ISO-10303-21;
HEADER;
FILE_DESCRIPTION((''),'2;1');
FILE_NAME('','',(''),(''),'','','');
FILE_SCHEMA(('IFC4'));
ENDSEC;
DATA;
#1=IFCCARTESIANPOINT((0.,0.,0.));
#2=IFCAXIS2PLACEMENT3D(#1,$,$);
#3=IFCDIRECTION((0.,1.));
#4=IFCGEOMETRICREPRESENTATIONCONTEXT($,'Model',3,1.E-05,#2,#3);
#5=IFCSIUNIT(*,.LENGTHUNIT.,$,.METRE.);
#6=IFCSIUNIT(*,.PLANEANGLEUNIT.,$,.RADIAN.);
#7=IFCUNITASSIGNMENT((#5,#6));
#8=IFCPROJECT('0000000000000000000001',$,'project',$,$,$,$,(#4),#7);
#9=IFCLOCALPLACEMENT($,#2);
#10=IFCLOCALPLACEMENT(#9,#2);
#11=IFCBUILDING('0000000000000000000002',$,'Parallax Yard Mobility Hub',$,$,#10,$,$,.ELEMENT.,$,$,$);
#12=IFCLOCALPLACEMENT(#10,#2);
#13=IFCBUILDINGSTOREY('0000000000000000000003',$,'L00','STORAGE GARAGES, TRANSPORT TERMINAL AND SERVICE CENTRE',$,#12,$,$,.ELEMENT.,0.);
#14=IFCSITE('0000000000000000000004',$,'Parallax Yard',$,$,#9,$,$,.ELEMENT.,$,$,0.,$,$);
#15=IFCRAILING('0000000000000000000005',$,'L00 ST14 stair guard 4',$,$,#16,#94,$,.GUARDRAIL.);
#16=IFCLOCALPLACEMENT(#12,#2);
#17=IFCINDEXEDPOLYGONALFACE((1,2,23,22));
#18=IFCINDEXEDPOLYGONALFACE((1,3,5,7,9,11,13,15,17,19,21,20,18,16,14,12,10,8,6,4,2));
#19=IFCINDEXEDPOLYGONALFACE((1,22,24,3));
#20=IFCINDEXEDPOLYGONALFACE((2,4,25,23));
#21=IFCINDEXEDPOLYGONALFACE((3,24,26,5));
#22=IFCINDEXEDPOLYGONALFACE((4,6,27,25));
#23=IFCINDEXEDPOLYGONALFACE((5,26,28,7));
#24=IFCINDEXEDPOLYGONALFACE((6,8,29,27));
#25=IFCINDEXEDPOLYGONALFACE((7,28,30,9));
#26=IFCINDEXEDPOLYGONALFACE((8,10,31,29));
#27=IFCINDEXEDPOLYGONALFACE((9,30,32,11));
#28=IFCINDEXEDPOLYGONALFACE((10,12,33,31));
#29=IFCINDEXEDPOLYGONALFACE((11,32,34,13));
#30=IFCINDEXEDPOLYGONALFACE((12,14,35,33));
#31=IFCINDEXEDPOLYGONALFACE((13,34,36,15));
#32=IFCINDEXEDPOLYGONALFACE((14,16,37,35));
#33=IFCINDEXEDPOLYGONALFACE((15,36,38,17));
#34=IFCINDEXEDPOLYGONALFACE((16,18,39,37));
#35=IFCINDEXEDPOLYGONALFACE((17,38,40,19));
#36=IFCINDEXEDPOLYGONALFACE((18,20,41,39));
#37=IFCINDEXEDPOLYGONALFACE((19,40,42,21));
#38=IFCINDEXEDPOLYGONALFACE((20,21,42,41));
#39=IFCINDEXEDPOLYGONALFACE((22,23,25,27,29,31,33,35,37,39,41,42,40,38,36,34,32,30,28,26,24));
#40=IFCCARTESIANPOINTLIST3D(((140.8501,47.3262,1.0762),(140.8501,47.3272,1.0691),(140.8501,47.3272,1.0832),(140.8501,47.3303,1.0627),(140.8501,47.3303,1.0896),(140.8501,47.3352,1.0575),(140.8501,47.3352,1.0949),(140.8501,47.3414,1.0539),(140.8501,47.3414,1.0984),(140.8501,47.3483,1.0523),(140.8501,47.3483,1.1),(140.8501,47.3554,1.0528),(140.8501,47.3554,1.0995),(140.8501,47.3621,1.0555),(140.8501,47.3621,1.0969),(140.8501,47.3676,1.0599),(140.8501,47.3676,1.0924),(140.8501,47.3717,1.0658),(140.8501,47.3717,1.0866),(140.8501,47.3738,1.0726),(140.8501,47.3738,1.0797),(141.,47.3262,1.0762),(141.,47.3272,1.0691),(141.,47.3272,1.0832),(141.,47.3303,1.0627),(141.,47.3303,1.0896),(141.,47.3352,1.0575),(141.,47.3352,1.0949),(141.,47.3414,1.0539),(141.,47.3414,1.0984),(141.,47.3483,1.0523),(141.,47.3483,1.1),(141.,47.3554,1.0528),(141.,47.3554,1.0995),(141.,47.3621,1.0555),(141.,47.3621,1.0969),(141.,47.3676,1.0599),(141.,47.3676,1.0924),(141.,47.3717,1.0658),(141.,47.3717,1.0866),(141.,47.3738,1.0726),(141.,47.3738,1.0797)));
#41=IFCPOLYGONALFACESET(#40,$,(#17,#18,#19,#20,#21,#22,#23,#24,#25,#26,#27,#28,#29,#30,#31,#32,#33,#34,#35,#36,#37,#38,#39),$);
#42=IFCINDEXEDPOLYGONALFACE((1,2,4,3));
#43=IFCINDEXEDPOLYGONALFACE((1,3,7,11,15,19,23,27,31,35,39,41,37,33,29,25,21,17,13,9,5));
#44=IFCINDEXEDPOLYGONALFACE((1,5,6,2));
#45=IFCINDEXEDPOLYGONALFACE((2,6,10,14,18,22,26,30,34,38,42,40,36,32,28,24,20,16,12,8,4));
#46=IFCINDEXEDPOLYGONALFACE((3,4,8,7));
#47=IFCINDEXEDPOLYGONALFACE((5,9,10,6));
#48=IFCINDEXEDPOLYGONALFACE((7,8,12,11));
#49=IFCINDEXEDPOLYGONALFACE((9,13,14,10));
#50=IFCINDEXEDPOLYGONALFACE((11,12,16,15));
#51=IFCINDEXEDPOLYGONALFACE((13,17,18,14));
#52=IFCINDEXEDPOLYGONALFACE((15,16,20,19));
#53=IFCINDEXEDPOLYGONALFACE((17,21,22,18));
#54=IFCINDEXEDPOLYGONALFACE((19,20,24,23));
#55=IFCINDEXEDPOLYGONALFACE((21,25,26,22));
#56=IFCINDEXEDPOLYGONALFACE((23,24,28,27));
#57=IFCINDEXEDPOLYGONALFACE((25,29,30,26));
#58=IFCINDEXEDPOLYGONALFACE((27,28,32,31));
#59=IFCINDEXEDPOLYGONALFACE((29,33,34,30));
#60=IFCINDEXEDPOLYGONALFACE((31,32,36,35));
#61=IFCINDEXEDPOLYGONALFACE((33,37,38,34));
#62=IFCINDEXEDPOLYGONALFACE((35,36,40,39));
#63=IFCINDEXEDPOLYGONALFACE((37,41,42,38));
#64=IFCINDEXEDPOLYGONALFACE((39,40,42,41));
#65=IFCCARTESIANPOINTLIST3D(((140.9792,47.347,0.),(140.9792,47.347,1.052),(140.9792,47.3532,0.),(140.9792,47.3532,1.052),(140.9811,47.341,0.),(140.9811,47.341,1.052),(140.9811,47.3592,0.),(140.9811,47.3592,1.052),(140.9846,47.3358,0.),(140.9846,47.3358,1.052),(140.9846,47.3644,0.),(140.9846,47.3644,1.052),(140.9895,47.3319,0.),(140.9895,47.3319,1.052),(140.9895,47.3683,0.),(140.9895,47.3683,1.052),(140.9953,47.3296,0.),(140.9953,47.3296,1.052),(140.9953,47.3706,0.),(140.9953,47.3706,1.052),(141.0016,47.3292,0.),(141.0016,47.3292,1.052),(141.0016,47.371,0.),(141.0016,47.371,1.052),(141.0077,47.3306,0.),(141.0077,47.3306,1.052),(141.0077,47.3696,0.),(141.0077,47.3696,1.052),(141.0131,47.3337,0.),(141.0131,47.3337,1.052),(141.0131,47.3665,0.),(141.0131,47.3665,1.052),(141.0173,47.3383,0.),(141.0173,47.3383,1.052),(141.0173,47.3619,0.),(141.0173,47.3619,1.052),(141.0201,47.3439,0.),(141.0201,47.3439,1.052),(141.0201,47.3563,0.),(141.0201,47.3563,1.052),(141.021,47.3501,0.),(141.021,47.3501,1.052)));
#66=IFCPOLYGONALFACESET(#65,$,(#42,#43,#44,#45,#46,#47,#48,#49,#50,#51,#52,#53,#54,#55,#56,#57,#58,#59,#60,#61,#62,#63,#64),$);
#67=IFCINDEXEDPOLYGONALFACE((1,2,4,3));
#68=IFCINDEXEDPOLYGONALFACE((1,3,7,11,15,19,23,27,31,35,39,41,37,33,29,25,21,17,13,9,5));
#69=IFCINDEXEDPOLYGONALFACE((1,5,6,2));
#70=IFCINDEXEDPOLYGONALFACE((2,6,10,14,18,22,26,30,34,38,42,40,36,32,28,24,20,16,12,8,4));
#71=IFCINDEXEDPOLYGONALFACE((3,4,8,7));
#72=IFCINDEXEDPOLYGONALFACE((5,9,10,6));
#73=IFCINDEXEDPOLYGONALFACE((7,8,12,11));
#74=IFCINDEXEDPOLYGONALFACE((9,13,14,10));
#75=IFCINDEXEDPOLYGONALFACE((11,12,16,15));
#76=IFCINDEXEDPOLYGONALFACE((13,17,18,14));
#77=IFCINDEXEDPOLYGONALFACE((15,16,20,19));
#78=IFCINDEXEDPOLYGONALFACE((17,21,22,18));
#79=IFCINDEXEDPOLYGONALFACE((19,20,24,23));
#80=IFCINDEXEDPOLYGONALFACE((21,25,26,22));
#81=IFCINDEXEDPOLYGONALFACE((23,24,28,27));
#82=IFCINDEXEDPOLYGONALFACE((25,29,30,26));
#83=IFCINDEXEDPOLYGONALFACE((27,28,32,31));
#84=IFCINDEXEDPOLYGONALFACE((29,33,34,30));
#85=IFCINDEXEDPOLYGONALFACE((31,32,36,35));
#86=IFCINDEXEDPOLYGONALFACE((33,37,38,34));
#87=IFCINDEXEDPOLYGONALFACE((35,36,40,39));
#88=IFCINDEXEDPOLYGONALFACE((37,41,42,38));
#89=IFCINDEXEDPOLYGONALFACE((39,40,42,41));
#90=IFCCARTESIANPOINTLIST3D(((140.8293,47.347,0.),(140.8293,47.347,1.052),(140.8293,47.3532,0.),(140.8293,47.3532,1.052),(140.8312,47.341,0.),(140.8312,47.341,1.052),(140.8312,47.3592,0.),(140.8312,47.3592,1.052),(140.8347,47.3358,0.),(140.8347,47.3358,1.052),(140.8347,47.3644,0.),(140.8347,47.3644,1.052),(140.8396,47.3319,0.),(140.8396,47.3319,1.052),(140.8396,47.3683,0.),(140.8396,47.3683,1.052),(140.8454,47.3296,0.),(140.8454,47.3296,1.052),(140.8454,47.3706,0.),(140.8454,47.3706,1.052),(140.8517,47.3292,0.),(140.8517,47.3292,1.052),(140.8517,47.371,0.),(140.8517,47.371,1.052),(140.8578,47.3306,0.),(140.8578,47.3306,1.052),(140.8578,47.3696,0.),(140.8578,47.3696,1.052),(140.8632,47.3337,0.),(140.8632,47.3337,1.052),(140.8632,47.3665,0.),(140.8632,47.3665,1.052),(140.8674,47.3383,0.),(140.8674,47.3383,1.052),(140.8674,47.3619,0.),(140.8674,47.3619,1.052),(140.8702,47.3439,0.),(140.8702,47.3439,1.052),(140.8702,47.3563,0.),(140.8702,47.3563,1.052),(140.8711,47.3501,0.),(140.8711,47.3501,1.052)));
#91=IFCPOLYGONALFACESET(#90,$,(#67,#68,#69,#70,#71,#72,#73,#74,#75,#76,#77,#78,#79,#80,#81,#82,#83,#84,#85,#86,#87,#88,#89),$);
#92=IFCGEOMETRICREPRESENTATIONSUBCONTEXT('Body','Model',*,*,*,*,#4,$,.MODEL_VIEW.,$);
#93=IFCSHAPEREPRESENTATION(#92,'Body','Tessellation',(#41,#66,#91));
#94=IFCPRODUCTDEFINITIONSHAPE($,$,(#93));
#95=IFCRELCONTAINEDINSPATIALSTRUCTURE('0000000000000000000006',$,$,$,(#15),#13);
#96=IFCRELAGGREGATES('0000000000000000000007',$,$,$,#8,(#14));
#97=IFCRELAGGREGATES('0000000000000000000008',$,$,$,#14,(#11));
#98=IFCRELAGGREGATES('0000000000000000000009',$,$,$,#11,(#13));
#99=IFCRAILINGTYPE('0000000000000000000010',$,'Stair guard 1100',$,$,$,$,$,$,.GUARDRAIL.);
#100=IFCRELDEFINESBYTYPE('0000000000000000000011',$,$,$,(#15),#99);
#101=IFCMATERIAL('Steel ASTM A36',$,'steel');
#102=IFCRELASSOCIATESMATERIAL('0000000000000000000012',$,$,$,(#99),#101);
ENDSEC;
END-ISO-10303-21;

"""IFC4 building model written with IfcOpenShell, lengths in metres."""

from ifc_helpers import new_model, si_unit, direction, frame, origin, origin_2d, place, context, subcontext, project, spatial, circle, extrude, material, type_object, element, save


model = new_model("IFC4")

# Units and contexts
model_context = context("Model", 3, precision=1e-05, world=origin(), true_north=direction((0.0, 1.0)))
body_context = subcontext(model_context, "Body", "Model", "MODEL_VIEW")
ifc_project = project(units=[si_unit("LENGTHUNIT", "METRE"), si_unit("PLANEANGLEUNIT", "RADIAN")], contexts=[model_context])

# Site, building, storey
site_placement = place(None, origin())
site = spatial("IfcSite", under=ifc_project, at=site_placement, Name="Parallax Yard", CompositionType="ELEMENT", RefElevation=0.0)
building_placement = place(site_placement, origin())
building = spatial("IfcBuilding", under=site, at=building_placement, Name="Parallax Yard Mobility Hub", CompositionType="ELEMENT")
storey_placement = place(building_placement, origin())
storey = spatial("IfcBuildingStorey", under=building, at=storey_placement, Name="L00", Description="STORAGE GARAGES, TRANSPORT TERMINAL AND SERVICE CENTRE", CompositionType="ELEMENT", Elevation=0.0)

# Railing
ifc_material_1 = material(Name="Steel ASTM A36", Category="steel")
railing_type_1 = type_object("IfcRailingType", Name="Stair guard 1100", PredefinedType="GUARDRAIL", material=ifc_material_1)
railing_1_placement = place(storey_placement, frame((141.0, 47.3501, 0.0)))
element("IfcRailing", 1, at=railing_1_placement, inside=storey, type_object=railing_type_1, Name="L00 ST14 stair guard 4", PredefinedType="GUARDRAIL", context=body_context, shape_type="SweptSolid", body=[
    extrude(circle(Radius=0.0239, at=origin_2d()), frame((0.0, 0.0, 1.0762), z_axis=(-1.0, 0.0, 0.0), x_axis=(0.0, -1.0, 0.0)), (0.0, 0.0, 1.0), 0.1499),
    extrude(circle(Radius=0.021, at=origin_2d()), origin(), (0.0, 0.0, 1.0), 1.052),
    extrude(circle(Radius=0.021, at=origin_2d()), frame((-0.1499, 0.0, 0.0)), (0.0, 0.0, 1.0), 1.052),
])

save(model, "model.ifc")
